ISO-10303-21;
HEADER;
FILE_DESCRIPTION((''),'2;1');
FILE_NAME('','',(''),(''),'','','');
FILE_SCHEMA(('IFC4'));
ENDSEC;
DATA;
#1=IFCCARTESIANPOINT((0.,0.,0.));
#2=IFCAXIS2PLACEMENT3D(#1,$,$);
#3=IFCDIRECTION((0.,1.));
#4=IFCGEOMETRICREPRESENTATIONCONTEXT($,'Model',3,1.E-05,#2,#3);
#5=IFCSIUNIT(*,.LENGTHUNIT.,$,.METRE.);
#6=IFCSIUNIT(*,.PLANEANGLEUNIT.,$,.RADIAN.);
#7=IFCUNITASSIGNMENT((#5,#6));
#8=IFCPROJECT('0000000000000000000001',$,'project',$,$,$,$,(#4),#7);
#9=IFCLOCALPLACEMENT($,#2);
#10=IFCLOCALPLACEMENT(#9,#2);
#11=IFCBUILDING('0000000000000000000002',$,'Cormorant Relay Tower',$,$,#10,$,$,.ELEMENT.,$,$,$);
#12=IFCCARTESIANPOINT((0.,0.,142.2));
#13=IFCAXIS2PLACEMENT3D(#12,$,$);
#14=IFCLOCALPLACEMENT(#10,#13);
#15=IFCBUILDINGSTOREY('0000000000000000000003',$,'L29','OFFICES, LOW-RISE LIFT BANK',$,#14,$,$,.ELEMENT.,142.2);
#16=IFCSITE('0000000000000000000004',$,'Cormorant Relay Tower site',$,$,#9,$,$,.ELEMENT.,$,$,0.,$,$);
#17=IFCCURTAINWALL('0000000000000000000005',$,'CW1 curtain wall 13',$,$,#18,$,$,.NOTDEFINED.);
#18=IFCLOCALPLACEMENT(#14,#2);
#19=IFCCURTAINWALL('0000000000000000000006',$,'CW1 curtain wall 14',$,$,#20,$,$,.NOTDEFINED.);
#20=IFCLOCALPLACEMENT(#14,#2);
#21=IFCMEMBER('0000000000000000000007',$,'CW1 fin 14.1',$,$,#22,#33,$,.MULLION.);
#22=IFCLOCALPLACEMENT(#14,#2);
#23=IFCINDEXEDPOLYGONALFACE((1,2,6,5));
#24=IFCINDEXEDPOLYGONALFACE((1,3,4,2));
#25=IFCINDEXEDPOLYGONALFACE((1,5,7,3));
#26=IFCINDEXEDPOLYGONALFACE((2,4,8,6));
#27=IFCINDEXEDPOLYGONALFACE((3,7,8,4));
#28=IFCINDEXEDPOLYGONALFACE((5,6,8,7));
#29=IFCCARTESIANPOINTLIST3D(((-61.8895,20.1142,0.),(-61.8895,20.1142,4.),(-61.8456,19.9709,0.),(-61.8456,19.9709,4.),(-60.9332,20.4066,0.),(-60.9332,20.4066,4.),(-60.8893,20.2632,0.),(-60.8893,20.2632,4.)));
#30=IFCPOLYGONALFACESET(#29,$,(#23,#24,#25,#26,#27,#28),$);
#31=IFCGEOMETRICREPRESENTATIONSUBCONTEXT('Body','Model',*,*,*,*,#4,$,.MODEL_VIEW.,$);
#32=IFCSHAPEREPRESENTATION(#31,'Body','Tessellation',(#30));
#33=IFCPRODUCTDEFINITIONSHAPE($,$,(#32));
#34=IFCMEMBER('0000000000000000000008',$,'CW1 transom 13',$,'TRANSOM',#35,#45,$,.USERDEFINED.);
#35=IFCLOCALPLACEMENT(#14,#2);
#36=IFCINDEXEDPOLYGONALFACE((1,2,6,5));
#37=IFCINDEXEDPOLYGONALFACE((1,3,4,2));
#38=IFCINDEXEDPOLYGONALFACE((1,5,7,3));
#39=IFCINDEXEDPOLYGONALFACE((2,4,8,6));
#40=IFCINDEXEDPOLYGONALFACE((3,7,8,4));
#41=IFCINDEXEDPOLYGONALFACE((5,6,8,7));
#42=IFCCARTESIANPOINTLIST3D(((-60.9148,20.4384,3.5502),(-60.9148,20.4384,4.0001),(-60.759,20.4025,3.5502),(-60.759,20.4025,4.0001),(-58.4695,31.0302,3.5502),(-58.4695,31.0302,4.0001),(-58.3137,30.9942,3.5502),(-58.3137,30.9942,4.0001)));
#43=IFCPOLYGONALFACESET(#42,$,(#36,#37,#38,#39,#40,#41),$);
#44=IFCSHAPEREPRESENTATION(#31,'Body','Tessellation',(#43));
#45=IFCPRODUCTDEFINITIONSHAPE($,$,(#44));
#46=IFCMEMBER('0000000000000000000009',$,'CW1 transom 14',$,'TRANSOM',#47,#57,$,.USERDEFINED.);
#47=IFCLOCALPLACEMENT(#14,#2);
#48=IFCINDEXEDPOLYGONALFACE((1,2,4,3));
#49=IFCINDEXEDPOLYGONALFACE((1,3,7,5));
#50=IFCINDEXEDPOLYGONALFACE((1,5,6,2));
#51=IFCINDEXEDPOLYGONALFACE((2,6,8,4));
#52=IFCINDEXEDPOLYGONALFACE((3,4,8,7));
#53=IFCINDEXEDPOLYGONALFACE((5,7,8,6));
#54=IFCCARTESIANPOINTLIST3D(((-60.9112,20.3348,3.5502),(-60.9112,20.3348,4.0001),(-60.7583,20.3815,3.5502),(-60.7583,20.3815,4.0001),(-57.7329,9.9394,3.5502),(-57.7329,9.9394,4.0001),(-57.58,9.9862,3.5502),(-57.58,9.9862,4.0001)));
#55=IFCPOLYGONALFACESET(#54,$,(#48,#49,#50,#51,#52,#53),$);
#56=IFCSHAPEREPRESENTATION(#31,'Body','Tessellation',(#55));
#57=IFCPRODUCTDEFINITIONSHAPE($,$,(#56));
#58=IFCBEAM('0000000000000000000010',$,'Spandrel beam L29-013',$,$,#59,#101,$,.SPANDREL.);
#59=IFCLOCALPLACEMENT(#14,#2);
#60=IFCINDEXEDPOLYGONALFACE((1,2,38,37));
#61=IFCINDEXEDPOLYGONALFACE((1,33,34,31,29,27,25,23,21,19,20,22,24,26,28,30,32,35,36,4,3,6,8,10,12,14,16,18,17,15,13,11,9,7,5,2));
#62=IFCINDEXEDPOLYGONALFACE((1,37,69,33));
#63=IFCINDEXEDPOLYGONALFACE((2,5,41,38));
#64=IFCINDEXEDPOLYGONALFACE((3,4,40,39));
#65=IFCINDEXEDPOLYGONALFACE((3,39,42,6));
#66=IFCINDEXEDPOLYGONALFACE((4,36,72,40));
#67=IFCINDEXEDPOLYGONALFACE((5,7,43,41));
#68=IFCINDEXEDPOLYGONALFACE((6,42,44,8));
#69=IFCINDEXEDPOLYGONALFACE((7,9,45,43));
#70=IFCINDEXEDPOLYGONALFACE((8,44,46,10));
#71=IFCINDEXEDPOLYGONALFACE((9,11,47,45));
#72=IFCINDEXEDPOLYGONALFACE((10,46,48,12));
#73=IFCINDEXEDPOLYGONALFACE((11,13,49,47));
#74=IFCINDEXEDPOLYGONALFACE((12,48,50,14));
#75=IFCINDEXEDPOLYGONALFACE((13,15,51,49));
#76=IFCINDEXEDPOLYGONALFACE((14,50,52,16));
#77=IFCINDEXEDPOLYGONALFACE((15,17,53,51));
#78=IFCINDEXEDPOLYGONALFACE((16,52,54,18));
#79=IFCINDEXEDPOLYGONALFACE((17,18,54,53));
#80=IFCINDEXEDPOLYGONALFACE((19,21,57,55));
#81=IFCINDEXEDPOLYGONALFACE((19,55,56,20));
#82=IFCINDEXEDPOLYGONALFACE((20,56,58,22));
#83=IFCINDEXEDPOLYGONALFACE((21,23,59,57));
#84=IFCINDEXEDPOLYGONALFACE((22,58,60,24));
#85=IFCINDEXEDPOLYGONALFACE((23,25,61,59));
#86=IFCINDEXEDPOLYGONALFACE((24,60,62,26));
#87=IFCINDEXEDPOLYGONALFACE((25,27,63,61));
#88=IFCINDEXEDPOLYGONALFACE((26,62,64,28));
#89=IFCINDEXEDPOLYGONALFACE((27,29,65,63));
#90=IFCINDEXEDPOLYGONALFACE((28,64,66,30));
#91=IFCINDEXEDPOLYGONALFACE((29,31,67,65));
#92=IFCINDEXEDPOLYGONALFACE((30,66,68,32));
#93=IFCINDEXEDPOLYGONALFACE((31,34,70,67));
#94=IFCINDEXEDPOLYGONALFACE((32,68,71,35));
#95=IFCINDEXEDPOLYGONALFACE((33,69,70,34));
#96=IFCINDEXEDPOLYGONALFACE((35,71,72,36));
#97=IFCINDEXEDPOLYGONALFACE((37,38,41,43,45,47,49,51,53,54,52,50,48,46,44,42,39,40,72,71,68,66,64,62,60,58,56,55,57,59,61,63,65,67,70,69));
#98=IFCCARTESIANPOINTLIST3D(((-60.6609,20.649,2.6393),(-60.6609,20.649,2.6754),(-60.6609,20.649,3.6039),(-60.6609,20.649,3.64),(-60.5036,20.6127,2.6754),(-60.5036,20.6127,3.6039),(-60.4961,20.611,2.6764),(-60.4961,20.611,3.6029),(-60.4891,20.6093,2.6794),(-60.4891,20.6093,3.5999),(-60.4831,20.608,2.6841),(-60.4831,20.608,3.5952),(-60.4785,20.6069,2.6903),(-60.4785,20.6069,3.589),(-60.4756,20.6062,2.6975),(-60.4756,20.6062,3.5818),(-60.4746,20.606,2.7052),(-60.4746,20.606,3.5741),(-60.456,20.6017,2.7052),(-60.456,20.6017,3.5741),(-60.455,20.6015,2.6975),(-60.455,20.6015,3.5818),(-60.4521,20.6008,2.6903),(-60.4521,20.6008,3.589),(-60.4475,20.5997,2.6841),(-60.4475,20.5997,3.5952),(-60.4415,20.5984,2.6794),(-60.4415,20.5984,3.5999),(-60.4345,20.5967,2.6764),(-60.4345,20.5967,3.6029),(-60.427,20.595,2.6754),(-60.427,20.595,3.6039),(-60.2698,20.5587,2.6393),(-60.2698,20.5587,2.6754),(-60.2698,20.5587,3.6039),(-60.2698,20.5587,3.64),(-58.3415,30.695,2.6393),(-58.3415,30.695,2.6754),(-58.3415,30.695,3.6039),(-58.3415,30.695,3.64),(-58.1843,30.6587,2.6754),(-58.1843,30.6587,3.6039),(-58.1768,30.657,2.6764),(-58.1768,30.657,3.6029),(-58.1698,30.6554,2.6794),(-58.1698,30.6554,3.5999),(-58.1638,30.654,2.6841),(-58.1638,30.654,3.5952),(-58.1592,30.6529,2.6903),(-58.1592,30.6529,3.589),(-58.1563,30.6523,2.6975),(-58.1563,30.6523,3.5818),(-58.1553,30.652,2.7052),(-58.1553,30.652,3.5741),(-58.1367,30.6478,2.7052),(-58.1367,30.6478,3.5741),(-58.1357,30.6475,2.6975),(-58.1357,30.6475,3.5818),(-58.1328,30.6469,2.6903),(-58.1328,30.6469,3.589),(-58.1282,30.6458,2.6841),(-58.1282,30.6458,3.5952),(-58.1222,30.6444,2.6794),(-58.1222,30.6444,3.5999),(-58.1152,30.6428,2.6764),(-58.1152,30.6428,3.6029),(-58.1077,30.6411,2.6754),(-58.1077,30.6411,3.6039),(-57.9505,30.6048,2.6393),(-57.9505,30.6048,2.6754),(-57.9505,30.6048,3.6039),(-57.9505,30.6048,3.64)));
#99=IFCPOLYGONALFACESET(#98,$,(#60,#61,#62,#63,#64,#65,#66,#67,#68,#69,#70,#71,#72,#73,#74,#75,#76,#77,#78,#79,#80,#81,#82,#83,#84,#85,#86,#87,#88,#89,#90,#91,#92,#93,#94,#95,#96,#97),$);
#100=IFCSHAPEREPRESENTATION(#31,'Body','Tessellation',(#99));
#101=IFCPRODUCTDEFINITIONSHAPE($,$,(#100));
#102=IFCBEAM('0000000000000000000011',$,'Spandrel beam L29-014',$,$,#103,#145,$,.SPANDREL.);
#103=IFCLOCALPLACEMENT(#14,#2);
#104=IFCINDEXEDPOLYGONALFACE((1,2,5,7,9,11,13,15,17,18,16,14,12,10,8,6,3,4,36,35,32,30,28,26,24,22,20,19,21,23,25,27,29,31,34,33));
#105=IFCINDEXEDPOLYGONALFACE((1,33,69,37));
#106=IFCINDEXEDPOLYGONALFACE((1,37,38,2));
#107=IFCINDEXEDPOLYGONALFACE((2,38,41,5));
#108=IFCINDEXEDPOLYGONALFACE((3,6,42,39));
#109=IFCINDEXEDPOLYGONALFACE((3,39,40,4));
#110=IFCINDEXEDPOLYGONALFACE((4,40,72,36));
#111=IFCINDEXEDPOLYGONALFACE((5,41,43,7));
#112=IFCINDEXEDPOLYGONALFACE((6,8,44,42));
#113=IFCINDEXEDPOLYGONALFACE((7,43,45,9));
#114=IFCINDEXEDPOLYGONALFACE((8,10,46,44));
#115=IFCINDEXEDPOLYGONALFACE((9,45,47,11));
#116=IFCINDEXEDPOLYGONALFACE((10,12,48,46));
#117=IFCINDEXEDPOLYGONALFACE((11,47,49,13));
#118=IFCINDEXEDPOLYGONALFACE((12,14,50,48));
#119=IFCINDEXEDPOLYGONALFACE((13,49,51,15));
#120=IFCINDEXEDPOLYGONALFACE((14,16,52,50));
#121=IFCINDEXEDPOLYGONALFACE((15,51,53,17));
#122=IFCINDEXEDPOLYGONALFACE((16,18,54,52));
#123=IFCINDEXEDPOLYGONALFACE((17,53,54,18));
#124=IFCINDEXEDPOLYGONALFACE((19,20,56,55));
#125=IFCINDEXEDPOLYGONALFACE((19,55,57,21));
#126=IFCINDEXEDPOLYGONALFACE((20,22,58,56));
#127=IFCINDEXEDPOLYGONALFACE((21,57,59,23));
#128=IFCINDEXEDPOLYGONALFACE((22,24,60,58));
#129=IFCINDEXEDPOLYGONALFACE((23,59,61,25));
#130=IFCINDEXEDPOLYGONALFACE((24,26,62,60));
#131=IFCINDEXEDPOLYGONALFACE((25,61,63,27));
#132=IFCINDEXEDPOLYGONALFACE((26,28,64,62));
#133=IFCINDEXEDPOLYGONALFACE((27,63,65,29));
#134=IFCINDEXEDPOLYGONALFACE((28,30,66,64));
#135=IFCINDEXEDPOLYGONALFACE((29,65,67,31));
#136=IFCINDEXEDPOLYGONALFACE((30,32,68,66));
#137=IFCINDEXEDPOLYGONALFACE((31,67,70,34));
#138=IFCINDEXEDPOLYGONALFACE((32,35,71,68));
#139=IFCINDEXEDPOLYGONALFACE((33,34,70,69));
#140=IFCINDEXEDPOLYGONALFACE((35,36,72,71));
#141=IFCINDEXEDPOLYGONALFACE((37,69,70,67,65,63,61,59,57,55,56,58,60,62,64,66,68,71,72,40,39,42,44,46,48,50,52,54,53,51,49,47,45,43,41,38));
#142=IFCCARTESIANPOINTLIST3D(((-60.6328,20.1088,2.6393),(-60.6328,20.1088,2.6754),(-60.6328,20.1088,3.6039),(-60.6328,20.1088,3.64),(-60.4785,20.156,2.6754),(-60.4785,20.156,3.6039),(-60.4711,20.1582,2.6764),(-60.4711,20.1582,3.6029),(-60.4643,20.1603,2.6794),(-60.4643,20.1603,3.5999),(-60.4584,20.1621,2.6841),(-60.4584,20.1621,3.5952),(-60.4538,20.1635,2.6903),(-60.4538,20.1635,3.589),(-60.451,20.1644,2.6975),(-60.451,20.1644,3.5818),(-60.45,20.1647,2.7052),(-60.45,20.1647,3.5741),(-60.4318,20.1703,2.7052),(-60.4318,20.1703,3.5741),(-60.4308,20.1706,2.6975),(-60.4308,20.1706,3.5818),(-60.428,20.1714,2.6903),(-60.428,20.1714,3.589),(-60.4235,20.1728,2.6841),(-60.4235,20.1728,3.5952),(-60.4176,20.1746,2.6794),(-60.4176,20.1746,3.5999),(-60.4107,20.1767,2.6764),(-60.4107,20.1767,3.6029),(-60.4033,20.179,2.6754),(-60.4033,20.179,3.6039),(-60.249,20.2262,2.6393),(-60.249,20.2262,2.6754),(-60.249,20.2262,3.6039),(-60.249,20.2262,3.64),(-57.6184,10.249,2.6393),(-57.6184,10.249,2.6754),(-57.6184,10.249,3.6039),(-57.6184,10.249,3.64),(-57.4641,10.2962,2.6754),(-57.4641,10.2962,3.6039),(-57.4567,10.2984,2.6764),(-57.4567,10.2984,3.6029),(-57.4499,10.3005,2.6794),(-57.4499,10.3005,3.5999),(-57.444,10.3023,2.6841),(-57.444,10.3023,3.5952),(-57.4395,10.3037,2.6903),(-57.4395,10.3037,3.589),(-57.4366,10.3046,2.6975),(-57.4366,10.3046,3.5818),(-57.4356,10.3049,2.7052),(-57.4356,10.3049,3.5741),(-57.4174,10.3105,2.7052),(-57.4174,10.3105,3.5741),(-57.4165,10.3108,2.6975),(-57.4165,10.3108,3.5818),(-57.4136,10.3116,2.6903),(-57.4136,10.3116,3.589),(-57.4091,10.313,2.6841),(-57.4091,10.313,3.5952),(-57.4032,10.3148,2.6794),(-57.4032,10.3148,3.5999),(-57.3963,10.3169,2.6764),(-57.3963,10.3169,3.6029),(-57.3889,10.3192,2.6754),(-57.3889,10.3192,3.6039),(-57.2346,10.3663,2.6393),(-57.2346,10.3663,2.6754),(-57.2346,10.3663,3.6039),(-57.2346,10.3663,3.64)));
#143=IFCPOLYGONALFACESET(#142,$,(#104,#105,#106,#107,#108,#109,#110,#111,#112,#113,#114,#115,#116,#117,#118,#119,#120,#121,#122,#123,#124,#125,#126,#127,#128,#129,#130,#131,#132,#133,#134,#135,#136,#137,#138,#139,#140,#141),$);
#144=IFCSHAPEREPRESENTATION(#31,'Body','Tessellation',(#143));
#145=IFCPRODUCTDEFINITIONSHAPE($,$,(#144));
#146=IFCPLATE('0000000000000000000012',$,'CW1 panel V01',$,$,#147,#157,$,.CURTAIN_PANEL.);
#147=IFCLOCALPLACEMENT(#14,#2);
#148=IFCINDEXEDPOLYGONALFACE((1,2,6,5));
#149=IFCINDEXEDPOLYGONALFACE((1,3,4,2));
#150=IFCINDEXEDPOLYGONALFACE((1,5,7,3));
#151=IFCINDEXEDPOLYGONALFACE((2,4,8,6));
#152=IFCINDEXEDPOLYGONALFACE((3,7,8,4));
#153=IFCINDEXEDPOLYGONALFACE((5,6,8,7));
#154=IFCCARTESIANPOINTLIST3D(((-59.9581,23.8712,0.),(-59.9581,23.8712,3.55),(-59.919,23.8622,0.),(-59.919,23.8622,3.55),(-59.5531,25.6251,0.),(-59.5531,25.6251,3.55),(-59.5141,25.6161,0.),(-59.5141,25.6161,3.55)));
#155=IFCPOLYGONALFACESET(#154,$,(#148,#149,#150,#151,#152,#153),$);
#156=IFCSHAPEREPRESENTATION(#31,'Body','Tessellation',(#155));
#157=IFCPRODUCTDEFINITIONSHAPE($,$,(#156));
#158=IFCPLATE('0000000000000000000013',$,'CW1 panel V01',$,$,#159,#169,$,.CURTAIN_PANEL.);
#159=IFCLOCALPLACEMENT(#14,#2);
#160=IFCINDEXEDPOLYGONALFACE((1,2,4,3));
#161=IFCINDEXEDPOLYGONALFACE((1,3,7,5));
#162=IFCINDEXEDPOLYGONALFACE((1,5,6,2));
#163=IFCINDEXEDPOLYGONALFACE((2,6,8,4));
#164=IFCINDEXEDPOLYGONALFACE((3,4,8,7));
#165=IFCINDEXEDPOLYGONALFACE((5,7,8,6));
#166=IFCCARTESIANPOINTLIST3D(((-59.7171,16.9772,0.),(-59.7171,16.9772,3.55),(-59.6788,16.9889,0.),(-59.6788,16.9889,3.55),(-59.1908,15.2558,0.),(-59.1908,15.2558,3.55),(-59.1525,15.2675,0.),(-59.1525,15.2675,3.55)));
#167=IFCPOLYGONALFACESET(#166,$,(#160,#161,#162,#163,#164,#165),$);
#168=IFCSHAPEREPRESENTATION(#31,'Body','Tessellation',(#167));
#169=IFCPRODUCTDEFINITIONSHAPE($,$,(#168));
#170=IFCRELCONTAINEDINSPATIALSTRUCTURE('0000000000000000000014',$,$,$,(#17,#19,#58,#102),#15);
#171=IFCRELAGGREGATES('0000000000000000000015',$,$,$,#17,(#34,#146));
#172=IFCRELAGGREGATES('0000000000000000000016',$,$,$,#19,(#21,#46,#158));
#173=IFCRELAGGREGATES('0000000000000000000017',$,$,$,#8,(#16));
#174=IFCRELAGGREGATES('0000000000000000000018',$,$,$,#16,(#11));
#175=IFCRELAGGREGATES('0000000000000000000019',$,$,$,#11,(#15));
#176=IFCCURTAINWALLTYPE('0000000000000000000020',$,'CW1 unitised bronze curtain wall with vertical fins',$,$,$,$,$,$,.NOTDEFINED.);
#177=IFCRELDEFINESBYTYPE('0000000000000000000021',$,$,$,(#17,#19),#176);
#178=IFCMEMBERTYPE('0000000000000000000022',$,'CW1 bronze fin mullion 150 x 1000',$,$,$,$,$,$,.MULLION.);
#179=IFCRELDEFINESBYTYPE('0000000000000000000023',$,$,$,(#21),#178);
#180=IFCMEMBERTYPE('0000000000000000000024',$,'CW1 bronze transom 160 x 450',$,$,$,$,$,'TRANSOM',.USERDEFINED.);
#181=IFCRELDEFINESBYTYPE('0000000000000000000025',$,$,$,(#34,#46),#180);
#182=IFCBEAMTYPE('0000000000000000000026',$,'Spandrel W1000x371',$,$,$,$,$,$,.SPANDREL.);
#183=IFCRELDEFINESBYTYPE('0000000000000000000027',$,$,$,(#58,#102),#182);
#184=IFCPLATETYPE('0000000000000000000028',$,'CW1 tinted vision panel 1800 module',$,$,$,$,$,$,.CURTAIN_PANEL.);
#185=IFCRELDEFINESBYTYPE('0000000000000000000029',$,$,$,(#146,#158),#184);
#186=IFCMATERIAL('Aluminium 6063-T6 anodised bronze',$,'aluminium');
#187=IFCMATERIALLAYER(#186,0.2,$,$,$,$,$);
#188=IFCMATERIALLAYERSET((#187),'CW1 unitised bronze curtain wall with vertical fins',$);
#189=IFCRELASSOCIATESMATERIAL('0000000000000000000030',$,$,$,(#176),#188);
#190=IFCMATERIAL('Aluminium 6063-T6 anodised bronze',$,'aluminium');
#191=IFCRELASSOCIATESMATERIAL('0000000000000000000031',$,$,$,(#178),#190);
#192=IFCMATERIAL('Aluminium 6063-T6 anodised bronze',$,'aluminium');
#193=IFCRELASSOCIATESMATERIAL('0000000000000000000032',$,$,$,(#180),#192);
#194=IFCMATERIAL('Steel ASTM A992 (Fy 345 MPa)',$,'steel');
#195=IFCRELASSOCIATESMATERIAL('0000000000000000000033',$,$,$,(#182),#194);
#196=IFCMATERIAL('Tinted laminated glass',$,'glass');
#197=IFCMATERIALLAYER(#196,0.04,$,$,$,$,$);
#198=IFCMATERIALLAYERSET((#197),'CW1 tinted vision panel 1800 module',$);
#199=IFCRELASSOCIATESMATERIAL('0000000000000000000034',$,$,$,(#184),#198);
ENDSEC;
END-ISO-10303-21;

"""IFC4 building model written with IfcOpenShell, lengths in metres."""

from ifc_helpers import new_model, si_unit, direction, frame, origin, origin_2d, place, context, subcontext, project, spatial, rectangle, i_section, extrude, material, layer, layer_set, material_profile, profile_set, type_object, element, aggregate, save


model = new_model("IFC4")

# Units and contexts
model_context = context("Model", 3, precision=1e-05, world=origin(), true_north=direction((0.0, 1.0)))
body_context = subcontext(model_context, "Body", "Model", "MODEL_VIEW")
ifc_project = project(units=[si_unit("LENGTHUNIT", "METRE"), si_unit("PLANEANGLEUNIT", "RADIAN")], contexts=[model_context])

# Site, building, storey
site_placement = place(None, origin())
site = spatial("IfcSite", under=ifc_project, at=site_placement, Name="Cormorant Relay Tower site", CompositionType="ELEMENT", RefElevation=0.0)
building_placement = place(site_placement, origin())
building = spatial("IfcBuilding", under=site, at=building_placement, Name="Cormorant Relay Tower", CompositionType="ELEMENT")
storey_placement = place(building_placement, frame((0.0, 0.0, 142.2)))
storey = spatial("IfcBuildingStorey", under=building, at=storey_placement, Name="L29", Description="OFFICES, LOW-RISE LIFT BANK", CompositionType="ELEMENT", Elevation=142.2)

# Curtain walls, member
ifc_material_1 = material(Name="Aluminium 6063-T6 anodised bronze", Category="aluminium")
ifc_layer_1 = layer(ifc_material_1, 0.2)
ifc_layer_set_1 = layer_set([ifc_layer_1], Name="CW1 unitised bronze curtain wall with vertical fins")
curtain_wall_type = type_object("IfcCurtainWallType", Name="CW1 unitised bronze curtain wall with vertical fins", PredefinedType="NOTDEFINED", material=ifc_layer_set_1)
curtain_wall_1_placement = place(storey_placement, origin())
curtain_wall_1 = element("IfcCurtainWall", 1, at=curtain_wall_1_placement, inside=storey, type_object=curtain_wall_type, Name="CW1 curtain wall 13", PredefinedType="NOTDEFINED")
ifc_material_2 = material(Name="Aluminium 6063-T6 anodised bronze", Category="aluminium")
ifc_material_profile_1 = material_profile(ifc_material_2, rectangle(XDim=0.1499, YDim=1.0, at=origin_2d()), Name="AL 150x1000")
ifc_profile_set_1 = profile_set([ifc_material_profile_1], Name="Aluminium 6063-T6 anodised bronze")
member_type_1 = type_object("IfcMemberType", Name="CW1 bronze fin mullion 150 x 1000", PredefinedType="MULLION", material=ifc_profile_set_1)
curtain_wall_2_placement = place(storey_placement, origin())
curtain_wall_2 = element("IfcCurtainWall", 2, at=curtain_wall_2_placement, inside=storey, type_object=curtain_wall_type, Name="CW1 curtain wall 14", PredefinedType="NOTDEFINED")
member_1_placement = place(storey_placement, frame((-61.3894, 20.1887, 0.0), z_axis=(0.0, 0.0, 1.0), x_axis=(0.292372, -0.956305, 0.0)))
member_1 = element("IfcMember", 3, at=member_1_placement, type_object=member_type_1, Name="CW1 fin 14.1", PredefinedType="MULLION", context=body_context, shape_type="SweptSolid", body=[
    extrude(rectangle(XDim=0.1499, YDim=1.0, at=origin_2d()), origin(), (0.0, 0.0, 1.0), 4.0),
])

# Members
ifc_material_3 = material(Name="Aluminium 6063-T6 anodised bronze", Category="aluminium")
ifc_material_profile_2 = material_profile(ifc_material_3, rectangle(XDim=0.1599, YDim=0.45, at=origin_2d()), Name="AL 160x450")
ifc_profile_set_2 = profile_set([ifc_material_profile_2], Name="Aluminium 6063-T6 anodised bronze")
member_type_2 = type_object("IfcMemberType", Name="CW1 bronze transom 160 x 450", ElementType="TRANSOM", PredefinedType="USERDEFINED", material=ifc_profile_set_2)
member_2_placement = place(storey_placement, frame((-58.3916, 31.0122, 3.7751), z_axis=(-0.224951, -0.97437, 0.0), x_axis=(0.97437, -0.224951, 0.0)))
member_2 = element("IfcMember", 4, at=member_2_placement, type_object=member_type_2, Name="CW1 transom 13", ObjectType="TRANSOM", PredefinedType="USERDEFINED", context=body_context, shape_type="SweptSolid", body=[
    extrude(rectangle(XDim=0.1599, YDim=0.45, at=origin_2d()), origin(), (0.0, 0.0, 1.0), 10.8704),
])
member_3_placement = place(storey_placement, frame((-60.8347, 20.3582, 3.7751), z_axis=(0.292378, -0.956303, 0.0), x_axis=(0.956303, 0.292378, 0.0)))
member_3 = element("IfcMember", 5, at=member_3_placement, type_object=member_type_2, Name="CW1 transom 14", ObjectType="TRANSOM", PredefinedType="USERDEFINED", context=body_context, shape_type="SweptSolid", body=[
    extrude(rectangle(XDim=0.1599, YDim=0.45, at=origin_2d()), origin(), (0.0, 0.0, 1.0), 10.8704),
])

# Beams
ifc_material_4 = material(Name="Steel ASTM A992 (Fy 345 MPa)", Category="steel")
ifc_material_profile_3 = material_profile(ifc_material_4, i_section(OverallWidth=0.4014, OverallDepth=1.0007, WebThickness=0.019, FlangeThickness=0.0361, FilletRadius=0.0298, at=origin_2d()), Name="W1000x371")
ifc_profile_set_3 = profile_set([ifc_material_profile_3], Name="Steel ASTM A992 (Fy 345 MPa)")
beam_type = type_object("IfcBeamType", Name="Spandrel W1000x371", PredefinedType="SPANDREL", material=ifc_profile_set_3)
for number, where, z_axis, x_axis, name in (
    (6, (-58.146, 30.6499, 3.1396), (-0.224951, -0.97437, 0.0), (0.97437, -0.224951, 0.0), "Spandrel beam L29-013"),
    (7, (-60.4409, 20.1675, 3.1396), (0.292367, -0.956306, 0.0), (0.956306, 0.292367, 0.0), "Spandrel beam L29-014"),
):
    element("IfcBeam", number, at=place(storey_placement, frame(where, z_axis=z_axis, x_axis=x_axis)), inside=storey, type_object=beam_type, Name=name, PredefinedType="SPANDREL", context=body_context, shape_type="SweptSolid", body=[
        extrude(i_section(OverallWidth=0.4014, OverallDepth=1.0007, WebThickness=0.019, FlangeThickness=0.0361, FilletRadius=0.0298, at=origin_2d()), origin(), (0.0, 0.0, 1.0), 10.3103),
    ])

# Plates
ifc_material_5 = material(Name="Tinted laminated glass", Category="glass")
ifc_layer_2 = layer(ifc_material_5, 0.04)
ifc_layer_set_2 = layer_set([ifc_layer_2], Name="CW1 tinted vision panel 1800 module")
plate_type = type_object("IfcPlateType", Name="CW1 tinted vision panel 1800 module", PredefinedType="CURTAIN_PANEL", material=ifc_layer_set_2)
plate_1_placement = place(storey_placement, frame((-59.7361, 24.7437, 0.0), z_axis=(0.0, 0.0, 1.0), x_axis=(-0.224951, -0.97437, 0.0)))
plate_1 = element("IfcPlate", 8, at=plate_1_placement, type_object=plate_type, Name="CW1 panel V01", PredefinedType="CURTAIN_PANEL", context=body_context, shape_type="SweptSolid", body=[
    extrude(rectangle(XDim=1.8, YDim=0.04, at=origin_2d()), origin(), (0.0, 0.0, 1.0), 3.55),
])
plate_2_placement = place(storey_placement, frame((-59.4348, 16.1223, 0.0), z_axis=(0.0, 0.0, 1.0), x_axis=(0.292372, -0.956305, 0.0)))
plate_2 = element("IfcPlate", 9, at=plate_2_placement, type_object=plate_type, Name="CW1 panel V01", PredefinedType="CURTAIN_PANEL", context=body_context, shape_type="SweptSolid", body=[
    extrude(rectangle(XDim=1.8, YDim=0.04, at=origin_2d()), origin(), (0.0, 0.0, 1.0), 3.55),
])

aggregate(curtain_wall_1, [member_2, plate_1])
aggregate(curtain_wall_2, [member_1, member_3, plate_2])

save(model, "model.ifc")
